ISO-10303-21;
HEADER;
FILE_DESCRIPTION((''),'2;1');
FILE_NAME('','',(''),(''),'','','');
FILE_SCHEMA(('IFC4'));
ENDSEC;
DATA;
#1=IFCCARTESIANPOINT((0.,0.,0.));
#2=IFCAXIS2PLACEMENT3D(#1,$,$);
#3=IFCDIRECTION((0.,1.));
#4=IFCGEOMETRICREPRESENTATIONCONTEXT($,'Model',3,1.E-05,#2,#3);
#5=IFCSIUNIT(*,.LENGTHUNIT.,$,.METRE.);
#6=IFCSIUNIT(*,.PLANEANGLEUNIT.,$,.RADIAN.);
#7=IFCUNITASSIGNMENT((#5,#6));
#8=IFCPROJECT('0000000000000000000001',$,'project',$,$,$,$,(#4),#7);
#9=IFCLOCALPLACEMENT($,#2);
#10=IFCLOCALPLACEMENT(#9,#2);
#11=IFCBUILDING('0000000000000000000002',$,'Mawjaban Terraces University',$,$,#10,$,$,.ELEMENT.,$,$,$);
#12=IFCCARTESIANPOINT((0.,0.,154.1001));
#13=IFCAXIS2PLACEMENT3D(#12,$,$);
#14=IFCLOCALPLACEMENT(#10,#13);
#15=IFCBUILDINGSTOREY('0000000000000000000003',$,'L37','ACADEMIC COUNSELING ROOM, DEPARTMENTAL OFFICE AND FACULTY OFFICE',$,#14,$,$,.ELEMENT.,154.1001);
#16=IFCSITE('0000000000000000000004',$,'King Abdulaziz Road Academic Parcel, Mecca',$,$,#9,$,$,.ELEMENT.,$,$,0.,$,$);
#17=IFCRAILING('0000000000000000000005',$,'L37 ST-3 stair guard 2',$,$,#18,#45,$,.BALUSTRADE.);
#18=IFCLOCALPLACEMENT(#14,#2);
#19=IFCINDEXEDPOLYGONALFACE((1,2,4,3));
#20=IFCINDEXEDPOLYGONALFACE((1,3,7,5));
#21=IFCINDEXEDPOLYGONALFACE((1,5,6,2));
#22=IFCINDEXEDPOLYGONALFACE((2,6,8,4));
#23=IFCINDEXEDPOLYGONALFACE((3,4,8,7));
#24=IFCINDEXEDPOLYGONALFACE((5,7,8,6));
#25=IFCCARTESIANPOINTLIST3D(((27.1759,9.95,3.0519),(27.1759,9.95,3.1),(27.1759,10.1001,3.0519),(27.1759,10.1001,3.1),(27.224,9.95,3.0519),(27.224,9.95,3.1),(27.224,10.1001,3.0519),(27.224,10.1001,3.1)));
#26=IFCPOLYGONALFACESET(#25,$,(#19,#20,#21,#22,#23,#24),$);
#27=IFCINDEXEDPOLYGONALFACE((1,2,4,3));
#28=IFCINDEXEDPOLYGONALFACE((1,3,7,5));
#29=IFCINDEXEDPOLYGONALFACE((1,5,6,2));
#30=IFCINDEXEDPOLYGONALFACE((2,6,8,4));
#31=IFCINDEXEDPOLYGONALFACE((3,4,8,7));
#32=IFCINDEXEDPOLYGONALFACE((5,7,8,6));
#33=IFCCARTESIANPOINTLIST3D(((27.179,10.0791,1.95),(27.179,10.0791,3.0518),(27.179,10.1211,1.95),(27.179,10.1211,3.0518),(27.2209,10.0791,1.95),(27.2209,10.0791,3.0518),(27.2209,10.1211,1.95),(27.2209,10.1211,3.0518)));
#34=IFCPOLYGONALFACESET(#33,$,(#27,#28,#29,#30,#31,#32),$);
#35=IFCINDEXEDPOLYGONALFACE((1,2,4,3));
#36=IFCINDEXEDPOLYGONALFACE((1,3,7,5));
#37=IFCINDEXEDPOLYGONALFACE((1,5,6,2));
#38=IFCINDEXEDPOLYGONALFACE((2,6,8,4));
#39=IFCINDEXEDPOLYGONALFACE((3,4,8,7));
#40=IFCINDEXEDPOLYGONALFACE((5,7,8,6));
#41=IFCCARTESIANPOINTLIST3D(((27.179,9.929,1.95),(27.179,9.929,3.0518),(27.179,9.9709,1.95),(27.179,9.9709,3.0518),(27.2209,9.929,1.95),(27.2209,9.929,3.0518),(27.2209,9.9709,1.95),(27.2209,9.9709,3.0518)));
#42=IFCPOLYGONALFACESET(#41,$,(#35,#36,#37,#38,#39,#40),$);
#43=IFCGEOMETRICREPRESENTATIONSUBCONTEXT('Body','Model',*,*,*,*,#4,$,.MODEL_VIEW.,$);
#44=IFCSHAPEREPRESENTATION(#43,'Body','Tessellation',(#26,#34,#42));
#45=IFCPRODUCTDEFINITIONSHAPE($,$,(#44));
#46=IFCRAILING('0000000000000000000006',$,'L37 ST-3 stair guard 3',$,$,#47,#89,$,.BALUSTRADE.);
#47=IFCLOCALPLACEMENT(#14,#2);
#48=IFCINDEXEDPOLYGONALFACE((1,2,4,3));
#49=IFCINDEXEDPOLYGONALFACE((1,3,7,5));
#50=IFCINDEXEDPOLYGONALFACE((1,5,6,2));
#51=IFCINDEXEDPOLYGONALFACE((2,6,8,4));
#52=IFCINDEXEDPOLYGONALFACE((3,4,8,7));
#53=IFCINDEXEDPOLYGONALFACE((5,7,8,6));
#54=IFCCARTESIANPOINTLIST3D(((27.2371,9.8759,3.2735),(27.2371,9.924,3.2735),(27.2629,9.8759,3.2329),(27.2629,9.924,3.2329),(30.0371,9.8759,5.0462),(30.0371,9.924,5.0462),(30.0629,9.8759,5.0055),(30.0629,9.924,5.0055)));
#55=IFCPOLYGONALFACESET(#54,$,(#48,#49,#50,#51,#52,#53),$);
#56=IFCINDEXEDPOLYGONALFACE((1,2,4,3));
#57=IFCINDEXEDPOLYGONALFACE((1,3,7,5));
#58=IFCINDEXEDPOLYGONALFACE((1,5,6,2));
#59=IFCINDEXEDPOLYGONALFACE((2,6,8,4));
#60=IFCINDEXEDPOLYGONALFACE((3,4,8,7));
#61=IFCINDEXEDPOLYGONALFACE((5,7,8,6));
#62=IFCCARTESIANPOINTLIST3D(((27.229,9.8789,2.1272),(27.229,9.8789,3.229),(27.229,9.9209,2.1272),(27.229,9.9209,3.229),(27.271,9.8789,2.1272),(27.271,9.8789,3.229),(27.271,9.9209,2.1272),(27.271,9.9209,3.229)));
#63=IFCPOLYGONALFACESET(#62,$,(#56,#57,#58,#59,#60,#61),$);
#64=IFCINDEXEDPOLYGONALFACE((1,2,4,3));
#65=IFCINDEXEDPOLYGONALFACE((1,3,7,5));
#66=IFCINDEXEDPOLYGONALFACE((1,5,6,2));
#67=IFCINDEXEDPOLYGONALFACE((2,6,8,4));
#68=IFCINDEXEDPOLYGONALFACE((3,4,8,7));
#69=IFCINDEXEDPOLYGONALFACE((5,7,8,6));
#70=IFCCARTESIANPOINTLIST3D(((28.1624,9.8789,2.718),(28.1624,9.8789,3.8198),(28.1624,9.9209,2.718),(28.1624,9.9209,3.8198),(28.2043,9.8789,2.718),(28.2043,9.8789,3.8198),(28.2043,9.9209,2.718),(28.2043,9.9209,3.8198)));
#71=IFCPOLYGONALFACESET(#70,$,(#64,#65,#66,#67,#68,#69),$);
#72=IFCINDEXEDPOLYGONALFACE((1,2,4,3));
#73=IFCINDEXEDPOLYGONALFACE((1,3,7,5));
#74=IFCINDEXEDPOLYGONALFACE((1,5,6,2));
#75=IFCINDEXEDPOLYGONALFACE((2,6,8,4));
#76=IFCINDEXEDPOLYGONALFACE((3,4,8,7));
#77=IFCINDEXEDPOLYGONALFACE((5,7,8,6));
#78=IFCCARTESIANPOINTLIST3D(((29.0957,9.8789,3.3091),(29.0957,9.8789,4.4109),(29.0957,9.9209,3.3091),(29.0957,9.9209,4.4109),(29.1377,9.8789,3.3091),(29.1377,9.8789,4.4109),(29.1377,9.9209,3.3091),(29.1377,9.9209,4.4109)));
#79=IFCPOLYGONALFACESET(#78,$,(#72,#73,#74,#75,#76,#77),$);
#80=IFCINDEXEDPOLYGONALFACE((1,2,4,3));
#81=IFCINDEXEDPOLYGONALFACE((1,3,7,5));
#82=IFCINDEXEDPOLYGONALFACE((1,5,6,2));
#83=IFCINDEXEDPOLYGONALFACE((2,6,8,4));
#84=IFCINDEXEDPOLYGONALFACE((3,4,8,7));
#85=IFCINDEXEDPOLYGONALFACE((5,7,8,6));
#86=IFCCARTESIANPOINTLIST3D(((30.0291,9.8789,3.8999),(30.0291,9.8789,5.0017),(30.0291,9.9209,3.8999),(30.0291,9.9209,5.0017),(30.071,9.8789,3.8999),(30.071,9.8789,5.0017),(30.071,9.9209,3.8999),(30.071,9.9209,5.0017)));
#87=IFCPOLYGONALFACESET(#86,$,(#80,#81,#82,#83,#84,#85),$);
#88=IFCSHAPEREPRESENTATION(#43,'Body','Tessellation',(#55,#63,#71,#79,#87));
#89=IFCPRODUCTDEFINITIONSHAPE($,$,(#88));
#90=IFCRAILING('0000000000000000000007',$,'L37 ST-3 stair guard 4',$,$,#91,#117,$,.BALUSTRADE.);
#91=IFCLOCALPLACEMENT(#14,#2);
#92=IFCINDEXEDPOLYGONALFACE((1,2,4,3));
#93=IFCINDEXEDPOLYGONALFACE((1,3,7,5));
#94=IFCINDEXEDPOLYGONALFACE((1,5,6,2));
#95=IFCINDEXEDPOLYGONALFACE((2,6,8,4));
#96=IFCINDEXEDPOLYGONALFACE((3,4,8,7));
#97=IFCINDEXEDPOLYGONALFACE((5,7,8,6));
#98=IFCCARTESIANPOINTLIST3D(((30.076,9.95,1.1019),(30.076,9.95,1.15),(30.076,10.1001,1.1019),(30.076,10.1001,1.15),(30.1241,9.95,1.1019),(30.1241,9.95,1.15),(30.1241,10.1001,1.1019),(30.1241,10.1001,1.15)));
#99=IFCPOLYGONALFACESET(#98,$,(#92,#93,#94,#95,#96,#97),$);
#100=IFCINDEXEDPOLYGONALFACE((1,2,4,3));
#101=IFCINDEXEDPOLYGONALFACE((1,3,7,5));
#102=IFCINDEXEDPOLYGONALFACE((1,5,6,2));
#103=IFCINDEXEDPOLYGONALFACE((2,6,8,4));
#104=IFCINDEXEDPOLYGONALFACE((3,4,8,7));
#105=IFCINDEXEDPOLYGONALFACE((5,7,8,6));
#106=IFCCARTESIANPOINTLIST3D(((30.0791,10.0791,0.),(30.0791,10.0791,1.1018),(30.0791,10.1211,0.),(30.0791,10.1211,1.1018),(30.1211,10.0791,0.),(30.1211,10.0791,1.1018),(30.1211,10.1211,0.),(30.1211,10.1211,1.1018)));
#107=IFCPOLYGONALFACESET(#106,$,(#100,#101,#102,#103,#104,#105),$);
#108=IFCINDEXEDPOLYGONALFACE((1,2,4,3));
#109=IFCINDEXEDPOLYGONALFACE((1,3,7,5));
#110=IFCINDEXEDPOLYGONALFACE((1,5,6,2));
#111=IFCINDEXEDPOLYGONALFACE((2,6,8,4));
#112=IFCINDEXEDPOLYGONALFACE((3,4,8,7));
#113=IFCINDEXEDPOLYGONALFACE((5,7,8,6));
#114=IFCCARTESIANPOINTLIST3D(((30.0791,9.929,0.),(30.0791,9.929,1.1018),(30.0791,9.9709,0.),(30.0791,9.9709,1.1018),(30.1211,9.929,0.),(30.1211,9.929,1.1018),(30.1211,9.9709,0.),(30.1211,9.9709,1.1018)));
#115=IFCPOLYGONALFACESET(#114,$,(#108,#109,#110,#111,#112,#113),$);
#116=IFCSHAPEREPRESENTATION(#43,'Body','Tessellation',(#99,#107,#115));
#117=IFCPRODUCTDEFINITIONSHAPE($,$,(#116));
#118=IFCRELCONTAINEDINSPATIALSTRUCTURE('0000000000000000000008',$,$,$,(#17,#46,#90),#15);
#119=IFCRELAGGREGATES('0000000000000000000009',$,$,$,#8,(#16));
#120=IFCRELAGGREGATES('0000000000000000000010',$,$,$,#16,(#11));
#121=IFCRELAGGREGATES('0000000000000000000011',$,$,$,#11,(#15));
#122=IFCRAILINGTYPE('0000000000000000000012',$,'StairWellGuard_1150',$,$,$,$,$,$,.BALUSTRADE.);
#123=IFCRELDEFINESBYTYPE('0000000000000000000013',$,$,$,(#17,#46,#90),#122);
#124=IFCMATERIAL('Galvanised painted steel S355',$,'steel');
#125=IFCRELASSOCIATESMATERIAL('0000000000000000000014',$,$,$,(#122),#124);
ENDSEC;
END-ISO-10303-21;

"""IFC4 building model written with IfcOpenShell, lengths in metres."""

from ifc_helpers import new_model, si_unit, direction, frame, origin, origin_2d, place, context, subcontext, project, spatial, rectangle, extrude, material, type_object, element, save


model = new_model("IFC4")

# Units and contexts
model_context = context("Model", 3, precision=1e-05, world=origin(), true_north=direction((0.0, 1.0)))
body_context = subcontext(model_context, "Body", "Model", "MODEL_VIEW")
ifc_project = project(units=[si_unit("LENGTHUNIT", "METRE"), si_unit("PLANEANGLEUNIT", "RADIAN")], contexts=[model_context])

# Site, building, storey
site_placement = place(None, origin())
site = spatial("IfcSite", under=ifc_project, at=site_placement, Name="King Abdulaziz Road Academic Parcel, Mecca", CompositionType="ELEMENT", RefElevation=0.0)
building_placement = place(site_placement, origin())
building = spatial("IfcBuilding", under=site, at=building_placement, Name="Mawjaban Terraces University", CompositionType="ELEMENT")
storey_placement = place(building_placement, frame((0.0, 0.0, 154.1001)))
storey = spatial("IfcBuildingStorey", under=building, at=storey_placement, Name="L37", Description="ACADEMIC COUNSELING ROOM, DEPARTMENTAL OFFICE AND FACULTY OFFICE", CompositionType="ELEMENT", Elevation=154.1001)

# Railings
ifc_material_1 = material(Name="Galvanised painted steel S355", Category="steel")
railing_type_1 = type_object("IfcRailingType", Name="StairWellGuard_1150", PredefinedType="BALUSTRADE", material=ifc_material_1)
railing_1_placement = place(storey_placement, frame((27.2, 10.1001, 1.95)))
element("IfcRailing", 1, at=railing_1_placement, inside=storey, type_object=railing_type_1, Name="L37 ST-3 stair guard 2", PredefinedType="BALUSTRADE", context=body_context, shape_type="SweptSolid", body=[
    extrude(rectangle(XDim=0.0481, YDim=0.0481, at=origin_2d()), frame((0.0, 0.0, 1.126), z_axis=(0.0, -1.0, 0.0), x_axis=(1.0, 0.0, 0.0)), (0.0, 0.0, 1.0), 0.1501),
    extrude(rectangle(XDim=0.042, YDim=0.042, at=origin_2d()), origin(), (0.0, 0.0, 1.0), 1.1018),
    extrude(rectangle(XDim=0.042, YDim=0.042, at=origin_2d()), frame((0.0, -0.1501, 0.0)), (0.0, 0.0, 1.0), 1.1018),
])
railing_2_placement = place(storey_placement, frame((27.25, 9.8999, 2.1272)))
element("IfcRailing", 2, at=railing_2_placement, inside=storey, type_object=railing_type_1, Name="L37 ST-3 stair guard 3", PredefinedType="BALUSTRADE", context=body_context, shape_type="SweptSolid", body=[
    extrude(rectangle(XDim=0.0481, YDim=0.0481, at=origin_2d()), frame((0.0, 0.0, 1.126), z_axis=(0.844909, 0.0, 0.53491), x_axis=(0.0, 1.0, 0.0)), (0.0, 0.0, 1.0), 3.314),
    extrude(rectangle(XDim=0.042, YDim=0.042, at=origin_2d()), origin(), (0.0, 0.0, 1.0), 1.1018),
    extrude(rectangle(XDim=0.042, YDim=0.042, at=origin_2d()), frame((0.9333, 0.0, 0.5908)), (0.0, 0.0, 1.0), 1.1018),
    extrude(rectangle(XDim=0.042, YDim=0.042, at=origin_2d()), frame((1.8667, 0.0, 1.1819)), (0.0, 0.0, 1.0), 1.1018),
    extrude(rectangle(XDim=0.042, YDim=0.042, at=origin_2d()), frame((2.8, 0.0, 1.7727)), (0.0, 0.0, 1.0), 1.1018),
])
railing_3_placement = place(storey_placement, frame((30.1001, 10.1001, 0.0)))
element("IfcRailing", 3, at=railing_3_placement, inside=storey, type_object=railing_type_1, Name="L37 ST-3 stair guard 4", PredefinedType="BALUSTRADE", context=body_context, shape_type="SweptSolid", body=[
    extrude(rectangle(XDim=0.0481, YDim=0.0481, at=origin_2d()), frame((0.0, 0.0, 1.126), z_axis=(0.0, -1.0, 0.0), x_axis=(1.0, 0.0, 0.0)), (0.0, 0.0, 1.0), 0.1501),
    extrude(rectangle(XDim=0.042, YDim=0.042, at=origin_2d()), origin(), (0.0, 0.0, 1.0), 1.1018),
    extrude(rectangle(XDim=0.042, YDim=0.042, at=origin_2d()), frame((0.0, -0.1501, 0.0)), (0.0, 0.0, 1.0), 1.1018),
])

save(model, "model.ifc")
